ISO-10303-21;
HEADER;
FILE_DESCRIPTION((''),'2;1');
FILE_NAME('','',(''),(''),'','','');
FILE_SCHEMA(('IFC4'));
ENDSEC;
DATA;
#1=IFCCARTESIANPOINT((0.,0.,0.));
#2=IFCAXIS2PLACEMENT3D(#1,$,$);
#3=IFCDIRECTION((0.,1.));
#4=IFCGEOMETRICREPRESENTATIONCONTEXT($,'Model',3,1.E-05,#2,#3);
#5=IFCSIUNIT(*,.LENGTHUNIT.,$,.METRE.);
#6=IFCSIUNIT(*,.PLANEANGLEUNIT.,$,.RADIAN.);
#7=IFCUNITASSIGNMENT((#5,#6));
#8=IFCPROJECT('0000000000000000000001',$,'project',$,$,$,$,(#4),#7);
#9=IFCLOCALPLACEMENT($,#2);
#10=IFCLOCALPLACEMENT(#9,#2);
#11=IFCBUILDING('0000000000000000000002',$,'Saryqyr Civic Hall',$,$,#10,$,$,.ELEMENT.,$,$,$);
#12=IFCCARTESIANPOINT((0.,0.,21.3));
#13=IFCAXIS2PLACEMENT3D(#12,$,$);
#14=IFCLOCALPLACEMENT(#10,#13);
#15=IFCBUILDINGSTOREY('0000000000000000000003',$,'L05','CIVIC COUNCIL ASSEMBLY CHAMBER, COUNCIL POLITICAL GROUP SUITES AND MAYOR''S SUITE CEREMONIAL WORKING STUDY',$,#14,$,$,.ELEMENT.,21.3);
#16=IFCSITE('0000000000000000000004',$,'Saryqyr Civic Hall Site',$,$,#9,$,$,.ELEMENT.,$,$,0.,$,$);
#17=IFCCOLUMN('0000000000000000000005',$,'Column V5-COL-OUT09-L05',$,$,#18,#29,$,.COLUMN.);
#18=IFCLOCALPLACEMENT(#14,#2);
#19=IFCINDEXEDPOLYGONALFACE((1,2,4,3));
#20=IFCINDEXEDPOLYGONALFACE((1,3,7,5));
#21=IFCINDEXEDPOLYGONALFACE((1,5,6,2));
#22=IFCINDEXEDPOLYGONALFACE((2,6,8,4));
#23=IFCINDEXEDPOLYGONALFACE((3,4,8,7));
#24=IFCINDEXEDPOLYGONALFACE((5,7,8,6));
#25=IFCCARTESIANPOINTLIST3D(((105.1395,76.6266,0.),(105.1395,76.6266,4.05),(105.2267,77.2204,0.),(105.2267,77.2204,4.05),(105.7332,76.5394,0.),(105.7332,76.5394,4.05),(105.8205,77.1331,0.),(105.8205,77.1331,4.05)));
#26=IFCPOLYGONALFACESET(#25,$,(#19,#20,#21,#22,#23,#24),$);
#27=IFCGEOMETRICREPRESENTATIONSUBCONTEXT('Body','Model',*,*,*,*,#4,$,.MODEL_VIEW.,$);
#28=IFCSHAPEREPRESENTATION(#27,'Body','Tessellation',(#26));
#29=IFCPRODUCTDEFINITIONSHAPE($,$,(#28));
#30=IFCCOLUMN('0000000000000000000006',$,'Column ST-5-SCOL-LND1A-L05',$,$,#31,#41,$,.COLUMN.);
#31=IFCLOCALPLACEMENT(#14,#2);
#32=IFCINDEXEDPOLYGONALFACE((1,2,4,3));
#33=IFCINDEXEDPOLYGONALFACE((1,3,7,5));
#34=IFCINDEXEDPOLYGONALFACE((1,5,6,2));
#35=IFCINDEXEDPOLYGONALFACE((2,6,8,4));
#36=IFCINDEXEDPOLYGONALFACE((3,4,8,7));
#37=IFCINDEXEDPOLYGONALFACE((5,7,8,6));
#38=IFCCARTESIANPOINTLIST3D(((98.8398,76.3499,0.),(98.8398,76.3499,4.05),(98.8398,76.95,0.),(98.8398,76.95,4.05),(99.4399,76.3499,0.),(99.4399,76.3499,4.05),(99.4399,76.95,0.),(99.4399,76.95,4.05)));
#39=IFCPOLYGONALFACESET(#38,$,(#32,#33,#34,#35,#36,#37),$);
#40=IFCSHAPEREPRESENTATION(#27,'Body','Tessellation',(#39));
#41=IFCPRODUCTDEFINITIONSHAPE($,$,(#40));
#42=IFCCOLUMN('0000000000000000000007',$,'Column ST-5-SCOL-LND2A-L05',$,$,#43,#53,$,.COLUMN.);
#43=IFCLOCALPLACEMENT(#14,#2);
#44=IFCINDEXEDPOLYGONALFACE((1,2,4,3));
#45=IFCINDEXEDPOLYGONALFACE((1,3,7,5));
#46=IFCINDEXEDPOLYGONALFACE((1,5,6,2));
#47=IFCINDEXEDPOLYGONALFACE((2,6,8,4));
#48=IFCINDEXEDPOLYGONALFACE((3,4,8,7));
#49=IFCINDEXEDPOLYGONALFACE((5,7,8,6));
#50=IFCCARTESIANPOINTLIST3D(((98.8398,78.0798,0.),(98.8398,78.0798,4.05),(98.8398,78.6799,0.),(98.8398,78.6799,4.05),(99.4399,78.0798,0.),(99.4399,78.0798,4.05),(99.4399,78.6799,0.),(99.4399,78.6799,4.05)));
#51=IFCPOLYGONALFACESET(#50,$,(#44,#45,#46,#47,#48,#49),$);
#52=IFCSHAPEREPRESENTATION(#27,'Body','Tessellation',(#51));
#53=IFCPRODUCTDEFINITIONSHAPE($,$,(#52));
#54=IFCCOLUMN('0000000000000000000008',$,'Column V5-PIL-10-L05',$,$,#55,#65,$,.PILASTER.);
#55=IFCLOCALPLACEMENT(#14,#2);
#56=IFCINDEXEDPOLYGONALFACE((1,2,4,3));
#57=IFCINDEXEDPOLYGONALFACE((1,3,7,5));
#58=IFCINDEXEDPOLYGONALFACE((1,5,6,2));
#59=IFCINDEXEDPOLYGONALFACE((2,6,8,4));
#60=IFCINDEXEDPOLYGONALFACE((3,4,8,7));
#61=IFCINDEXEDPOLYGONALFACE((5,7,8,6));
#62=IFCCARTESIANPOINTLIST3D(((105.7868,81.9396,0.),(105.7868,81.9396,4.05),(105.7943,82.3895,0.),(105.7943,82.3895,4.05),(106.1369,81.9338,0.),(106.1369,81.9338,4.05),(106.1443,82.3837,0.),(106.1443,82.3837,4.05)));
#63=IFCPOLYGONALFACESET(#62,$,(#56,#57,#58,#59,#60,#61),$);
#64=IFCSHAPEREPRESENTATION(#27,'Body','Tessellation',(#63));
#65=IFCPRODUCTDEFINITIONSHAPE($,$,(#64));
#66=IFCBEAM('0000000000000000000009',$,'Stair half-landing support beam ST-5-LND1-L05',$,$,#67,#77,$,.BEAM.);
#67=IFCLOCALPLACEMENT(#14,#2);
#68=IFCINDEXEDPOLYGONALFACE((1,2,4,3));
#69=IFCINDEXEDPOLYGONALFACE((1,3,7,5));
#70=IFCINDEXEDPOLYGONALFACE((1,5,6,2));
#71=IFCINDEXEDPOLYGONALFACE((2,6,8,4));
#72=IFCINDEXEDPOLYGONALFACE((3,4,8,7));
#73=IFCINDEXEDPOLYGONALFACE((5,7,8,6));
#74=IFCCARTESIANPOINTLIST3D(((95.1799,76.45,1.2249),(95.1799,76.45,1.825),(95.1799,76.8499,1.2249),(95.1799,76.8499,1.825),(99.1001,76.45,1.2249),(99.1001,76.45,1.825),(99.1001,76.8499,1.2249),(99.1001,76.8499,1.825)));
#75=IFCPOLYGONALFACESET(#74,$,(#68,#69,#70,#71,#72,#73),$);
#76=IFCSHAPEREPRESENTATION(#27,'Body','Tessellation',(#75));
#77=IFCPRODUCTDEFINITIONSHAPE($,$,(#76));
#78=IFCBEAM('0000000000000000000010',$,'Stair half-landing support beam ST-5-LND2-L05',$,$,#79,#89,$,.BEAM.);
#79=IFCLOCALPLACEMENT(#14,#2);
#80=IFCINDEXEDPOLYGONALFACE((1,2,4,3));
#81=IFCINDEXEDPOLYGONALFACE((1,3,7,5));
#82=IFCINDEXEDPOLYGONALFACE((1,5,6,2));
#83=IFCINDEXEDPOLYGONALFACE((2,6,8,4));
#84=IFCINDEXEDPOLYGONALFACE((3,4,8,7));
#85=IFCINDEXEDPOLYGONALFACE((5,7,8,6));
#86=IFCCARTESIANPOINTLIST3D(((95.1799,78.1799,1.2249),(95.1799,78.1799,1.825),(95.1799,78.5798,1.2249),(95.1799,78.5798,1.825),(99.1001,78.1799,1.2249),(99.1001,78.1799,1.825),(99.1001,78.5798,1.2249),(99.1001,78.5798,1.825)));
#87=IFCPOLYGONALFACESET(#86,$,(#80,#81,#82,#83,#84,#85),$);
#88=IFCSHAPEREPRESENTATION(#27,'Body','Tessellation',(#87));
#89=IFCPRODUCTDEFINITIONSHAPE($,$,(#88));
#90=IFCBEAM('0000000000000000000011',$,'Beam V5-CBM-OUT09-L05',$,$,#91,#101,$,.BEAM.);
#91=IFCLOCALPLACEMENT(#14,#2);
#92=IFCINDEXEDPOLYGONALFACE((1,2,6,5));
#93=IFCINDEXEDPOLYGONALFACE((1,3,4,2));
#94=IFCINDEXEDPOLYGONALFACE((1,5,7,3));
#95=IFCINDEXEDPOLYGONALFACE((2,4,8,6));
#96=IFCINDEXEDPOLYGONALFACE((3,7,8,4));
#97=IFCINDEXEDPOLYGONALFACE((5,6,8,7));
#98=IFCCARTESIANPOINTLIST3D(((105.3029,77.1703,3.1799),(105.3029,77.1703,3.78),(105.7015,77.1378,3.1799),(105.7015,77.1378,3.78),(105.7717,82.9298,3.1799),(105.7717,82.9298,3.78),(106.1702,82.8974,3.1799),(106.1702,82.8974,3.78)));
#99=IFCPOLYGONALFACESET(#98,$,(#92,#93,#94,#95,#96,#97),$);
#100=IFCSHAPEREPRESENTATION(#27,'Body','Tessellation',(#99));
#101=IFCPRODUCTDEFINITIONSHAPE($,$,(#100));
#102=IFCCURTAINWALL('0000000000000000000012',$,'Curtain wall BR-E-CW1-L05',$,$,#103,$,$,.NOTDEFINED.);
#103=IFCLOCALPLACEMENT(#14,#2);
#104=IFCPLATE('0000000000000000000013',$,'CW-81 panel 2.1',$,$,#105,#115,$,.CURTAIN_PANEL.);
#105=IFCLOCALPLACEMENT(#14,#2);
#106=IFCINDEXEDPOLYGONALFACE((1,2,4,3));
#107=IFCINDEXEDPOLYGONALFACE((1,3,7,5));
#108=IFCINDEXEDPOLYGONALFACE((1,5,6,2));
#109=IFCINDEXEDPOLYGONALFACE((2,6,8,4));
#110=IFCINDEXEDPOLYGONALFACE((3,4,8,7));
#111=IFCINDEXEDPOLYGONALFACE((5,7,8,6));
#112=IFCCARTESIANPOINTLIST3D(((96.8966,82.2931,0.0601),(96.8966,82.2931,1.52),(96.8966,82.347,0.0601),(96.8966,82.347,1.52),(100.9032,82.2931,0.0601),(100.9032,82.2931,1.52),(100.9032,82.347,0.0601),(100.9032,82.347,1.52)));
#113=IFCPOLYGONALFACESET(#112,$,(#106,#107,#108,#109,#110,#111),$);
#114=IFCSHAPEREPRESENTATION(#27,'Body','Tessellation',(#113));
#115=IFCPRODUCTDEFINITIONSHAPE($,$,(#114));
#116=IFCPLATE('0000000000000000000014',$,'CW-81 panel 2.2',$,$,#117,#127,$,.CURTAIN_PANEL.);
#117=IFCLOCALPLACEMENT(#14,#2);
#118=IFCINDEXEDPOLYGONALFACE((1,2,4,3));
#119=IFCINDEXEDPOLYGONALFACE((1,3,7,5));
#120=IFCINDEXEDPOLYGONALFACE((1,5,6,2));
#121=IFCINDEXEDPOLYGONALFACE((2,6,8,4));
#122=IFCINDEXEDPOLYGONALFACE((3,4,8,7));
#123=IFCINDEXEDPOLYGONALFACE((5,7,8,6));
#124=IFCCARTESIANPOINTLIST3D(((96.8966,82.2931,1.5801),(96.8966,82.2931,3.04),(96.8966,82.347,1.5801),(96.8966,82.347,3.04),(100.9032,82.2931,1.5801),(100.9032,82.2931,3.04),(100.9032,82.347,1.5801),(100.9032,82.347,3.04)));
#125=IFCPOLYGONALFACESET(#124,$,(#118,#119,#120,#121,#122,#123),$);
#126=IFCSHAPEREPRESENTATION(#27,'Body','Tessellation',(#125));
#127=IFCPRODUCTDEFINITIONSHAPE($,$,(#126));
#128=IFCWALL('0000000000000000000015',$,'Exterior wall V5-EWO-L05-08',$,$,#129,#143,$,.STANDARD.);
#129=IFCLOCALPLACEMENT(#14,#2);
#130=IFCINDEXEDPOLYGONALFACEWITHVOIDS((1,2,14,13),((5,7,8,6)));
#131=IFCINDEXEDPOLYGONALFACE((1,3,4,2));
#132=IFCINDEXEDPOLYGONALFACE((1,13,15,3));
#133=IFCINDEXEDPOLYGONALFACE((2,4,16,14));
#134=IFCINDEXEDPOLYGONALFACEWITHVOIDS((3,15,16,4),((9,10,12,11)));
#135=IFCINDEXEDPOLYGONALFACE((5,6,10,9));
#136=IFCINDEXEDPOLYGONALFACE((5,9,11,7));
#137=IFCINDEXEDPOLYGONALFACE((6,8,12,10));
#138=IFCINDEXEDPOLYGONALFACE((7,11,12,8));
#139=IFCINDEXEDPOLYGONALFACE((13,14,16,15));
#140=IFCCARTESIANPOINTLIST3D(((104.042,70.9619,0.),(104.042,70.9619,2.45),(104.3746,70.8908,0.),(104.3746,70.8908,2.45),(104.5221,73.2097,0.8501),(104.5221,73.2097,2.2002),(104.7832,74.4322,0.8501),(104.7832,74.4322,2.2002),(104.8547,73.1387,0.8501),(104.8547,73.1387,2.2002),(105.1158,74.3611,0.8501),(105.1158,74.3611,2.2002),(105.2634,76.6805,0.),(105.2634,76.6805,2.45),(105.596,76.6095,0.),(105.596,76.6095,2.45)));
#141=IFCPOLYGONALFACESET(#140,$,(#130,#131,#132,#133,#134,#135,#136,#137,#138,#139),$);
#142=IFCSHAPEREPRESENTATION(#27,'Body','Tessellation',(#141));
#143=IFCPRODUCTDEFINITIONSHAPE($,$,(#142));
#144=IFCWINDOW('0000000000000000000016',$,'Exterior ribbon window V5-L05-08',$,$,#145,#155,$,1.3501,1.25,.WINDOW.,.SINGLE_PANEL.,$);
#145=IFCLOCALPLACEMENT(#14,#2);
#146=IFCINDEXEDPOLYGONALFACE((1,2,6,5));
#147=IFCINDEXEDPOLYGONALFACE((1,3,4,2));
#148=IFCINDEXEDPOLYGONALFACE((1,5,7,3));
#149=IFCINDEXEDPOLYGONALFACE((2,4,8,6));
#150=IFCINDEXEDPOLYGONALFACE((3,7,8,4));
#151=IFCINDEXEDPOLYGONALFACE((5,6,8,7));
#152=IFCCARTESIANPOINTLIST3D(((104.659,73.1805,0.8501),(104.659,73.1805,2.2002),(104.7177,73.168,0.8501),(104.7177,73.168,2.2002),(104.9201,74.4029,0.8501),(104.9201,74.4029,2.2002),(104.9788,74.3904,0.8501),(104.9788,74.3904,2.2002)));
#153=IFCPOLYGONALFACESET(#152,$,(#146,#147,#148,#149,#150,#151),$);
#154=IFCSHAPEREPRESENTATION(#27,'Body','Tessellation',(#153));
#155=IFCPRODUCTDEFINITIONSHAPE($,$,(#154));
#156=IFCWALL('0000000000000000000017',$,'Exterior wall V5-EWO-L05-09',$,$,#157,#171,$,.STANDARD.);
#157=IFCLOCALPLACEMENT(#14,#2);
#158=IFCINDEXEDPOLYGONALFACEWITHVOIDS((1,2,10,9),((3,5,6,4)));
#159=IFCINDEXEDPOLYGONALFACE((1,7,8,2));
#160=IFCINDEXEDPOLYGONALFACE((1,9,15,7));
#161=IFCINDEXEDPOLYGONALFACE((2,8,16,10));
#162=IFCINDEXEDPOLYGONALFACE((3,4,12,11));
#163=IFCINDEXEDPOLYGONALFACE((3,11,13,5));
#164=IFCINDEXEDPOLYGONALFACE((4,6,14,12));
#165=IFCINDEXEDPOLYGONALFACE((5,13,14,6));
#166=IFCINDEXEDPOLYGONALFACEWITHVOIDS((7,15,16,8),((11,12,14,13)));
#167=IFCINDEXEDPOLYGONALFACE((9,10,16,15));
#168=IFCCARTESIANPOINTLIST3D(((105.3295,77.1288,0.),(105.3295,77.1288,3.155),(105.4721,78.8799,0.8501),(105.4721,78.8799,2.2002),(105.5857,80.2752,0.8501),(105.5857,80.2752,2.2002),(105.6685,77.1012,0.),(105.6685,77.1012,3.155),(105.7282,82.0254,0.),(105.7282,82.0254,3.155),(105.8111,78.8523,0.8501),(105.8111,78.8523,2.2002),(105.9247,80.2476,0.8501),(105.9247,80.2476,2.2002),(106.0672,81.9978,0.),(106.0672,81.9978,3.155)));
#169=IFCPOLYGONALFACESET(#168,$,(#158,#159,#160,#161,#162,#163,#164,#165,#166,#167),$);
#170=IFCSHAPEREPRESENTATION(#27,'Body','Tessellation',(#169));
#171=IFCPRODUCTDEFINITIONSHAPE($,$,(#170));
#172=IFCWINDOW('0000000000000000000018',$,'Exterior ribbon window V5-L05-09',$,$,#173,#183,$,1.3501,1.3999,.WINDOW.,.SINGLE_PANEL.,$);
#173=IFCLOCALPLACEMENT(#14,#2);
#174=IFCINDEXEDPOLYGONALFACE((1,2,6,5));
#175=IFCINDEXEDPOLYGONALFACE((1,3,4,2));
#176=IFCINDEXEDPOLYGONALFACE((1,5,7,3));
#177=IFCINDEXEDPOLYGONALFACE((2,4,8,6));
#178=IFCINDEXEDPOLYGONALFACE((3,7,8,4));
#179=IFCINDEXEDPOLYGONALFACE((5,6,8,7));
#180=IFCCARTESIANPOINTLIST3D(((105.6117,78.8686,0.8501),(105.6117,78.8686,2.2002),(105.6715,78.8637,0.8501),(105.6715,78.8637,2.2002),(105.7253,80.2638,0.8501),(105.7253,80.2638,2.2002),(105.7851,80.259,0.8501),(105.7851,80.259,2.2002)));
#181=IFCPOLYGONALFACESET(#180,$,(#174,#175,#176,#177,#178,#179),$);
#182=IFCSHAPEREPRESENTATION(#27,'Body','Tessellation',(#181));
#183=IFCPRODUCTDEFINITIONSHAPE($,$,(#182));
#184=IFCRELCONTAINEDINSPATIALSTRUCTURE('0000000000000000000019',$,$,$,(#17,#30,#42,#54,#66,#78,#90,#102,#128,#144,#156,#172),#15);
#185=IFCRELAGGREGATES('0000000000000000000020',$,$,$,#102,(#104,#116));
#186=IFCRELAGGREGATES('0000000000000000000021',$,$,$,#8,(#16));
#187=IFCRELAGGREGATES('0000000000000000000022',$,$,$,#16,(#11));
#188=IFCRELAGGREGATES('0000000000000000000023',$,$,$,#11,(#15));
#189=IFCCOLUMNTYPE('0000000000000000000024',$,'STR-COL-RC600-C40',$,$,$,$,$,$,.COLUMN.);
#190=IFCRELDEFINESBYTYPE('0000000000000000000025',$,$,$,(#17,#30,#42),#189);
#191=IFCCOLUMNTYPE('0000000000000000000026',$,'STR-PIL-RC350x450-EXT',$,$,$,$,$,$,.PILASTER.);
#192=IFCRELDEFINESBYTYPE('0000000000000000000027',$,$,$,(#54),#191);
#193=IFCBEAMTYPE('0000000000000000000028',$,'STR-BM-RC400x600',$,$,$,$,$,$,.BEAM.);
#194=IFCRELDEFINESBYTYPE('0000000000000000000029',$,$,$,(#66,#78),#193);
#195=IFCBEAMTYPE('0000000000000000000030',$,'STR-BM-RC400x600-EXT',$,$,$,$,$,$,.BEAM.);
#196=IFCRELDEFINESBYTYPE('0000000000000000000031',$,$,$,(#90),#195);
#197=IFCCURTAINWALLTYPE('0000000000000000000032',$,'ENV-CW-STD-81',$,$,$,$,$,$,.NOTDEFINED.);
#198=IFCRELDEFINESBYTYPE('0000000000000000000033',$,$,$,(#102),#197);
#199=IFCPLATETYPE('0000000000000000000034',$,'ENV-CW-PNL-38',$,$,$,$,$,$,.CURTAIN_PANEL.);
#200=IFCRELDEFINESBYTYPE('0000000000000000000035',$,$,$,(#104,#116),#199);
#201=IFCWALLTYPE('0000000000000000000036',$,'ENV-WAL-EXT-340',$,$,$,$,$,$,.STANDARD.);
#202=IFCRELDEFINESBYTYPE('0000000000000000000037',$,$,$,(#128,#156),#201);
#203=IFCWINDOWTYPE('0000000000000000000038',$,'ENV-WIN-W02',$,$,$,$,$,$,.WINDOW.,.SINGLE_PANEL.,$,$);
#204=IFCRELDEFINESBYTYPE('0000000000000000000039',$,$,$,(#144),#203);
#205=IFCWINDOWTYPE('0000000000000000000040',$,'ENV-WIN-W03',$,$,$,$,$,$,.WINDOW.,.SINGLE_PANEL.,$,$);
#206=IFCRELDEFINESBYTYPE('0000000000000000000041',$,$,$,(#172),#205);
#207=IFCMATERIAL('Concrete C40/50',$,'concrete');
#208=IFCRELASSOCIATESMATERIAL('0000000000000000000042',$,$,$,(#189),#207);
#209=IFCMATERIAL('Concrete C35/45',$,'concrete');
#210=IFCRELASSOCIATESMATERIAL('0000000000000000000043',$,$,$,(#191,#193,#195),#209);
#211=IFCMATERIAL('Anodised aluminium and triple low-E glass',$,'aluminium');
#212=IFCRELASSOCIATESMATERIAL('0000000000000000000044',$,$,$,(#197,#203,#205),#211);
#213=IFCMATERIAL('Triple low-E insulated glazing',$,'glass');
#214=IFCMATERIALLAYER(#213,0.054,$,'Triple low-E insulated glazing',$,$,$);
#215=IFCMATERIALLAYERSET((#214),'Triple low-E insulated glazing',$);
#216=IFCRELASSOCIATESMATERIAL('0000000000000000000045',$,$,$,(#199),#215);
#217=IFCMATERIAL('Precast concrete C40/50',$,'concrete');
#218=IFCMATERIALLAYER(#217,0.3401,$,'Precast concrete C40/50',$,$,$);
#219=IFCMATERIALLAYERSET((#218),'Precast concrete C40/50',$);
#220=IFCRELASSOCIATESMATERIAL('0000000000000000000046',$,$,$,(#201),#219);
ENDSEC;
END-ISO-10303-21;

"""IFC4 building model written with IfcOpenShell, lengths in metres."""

from ifc_helpers import new_model, si_unit, direction, frame, frame_2d, origin, origin_2d, place, context, subcontext, project, spatial, rectangle, extrude, material, layer, layer_set, material_profile, profile_set, type_object, element, fill, aggregate, save


model = new_model("IFC4")

# Units and contexts
model_context = context("Model", 3, precision=1e-05, world=origin(), true_north=direction((0.0, 1.0)))
body_context = subcontext(model_context, "Body", "Model", "MODEL_VIEW")
ifc_project = project(units=[si_unit("LENGTHUNIT", "METRE"), si_unit("PLANEANGLEUNIT", "RADIAN")], contexts=[model_context])

# Site, building, storey
site_placement = place(None, origin())
site = spatial("IfcSite", under=ifc_project, at=site_placement, Name="Saryqyr Civic Hall Site", CompositionType="ELEMENT", RefElevation=0.0)
building_placement = place(site_placement, origin())
building = spatial("IfcBuilding", under=site, at=building_placement, Name="Saryqyr Civic Hall", CompositionType="ELEMENT")
storey_placement = place(building_placement, frame((0.0, 0.0, 21.3)))
storey = spatial("IfcBuildingStorey", under=building, at=storey_placement, Name="L05", Description="CIVIC COUNCIL ASSEMBLY CHAMBER, COUNCIL POLITICAL GROUP SUITES AND MAYOR'S SUITE CEREMONIAL WORKING STUDY", CompositionType="ELEMENT", Elevation=21.3)

# Columns
ifc_material_1 = material(Name="Concrete C40/50", Category="concrete")
ifc_material_profile_1 = material_profile(ifc_material_1, rectangle(XDim=0.6001, YDim=0.6001, at=origin_2d()), Name="RC 600x600")
ifc_profile_set_1 = profile_set([ifc_material_profile_1], Name="Concrete C40/50")
column_type_1 = type_object("IfcColumnType", Name="STR-COL-RC600-C40", PredefinedType="COLUMN", material=ifc_profile_set_1)
for number, where, z_axis, x_axis, name in (
    (1, (105.48, 76.8799, 0.0), (0.0, 0.0, 1.0), (0.989374, -0.145392, 0.0), "Column V5-COL-OUT09-L05"),
    (2, (99.1399, 76.6499, 0.0), (0.0, 0.0, 1.0), (1.0, 0.0, 0.0), "Column ST-5-SCOL-LND1A-L05"),
    (3, (99.1399, 78.3799, 0.0), (0.0, 0.0, 1.0), (1.0, 0.0, 0.0), "Column ST-5-SCOL-LND2A-L05"),
):
    element("IfcColumn", number, at=place(storey_placement, frame(where, z_axis=z_axis, x_axis=x_axis)), inside=storey, type_object=column_type_1, Name=name, PredefinedType="COLUMN", context=body_context, shape_type="SweptSolid", body=[
        extrude(rectangle(XDim=0.6001, YDim=0.6001, at=origin_2d()), origin(), (0.0, 0.0, 1.0), 4.05),
    ])
ifc_material_2 = material(Name="Concrete C35/45", Category="concrete")
ifc_material_profile_2 = material_profile(ifc_material_2, rectangle(XDim=0.3501, YDim=0.45, at=origin_2d()), Name="RC 350x450")
ifc_profile_set_2 = profile_set([ifc_material_profile_2], Name="Concrete C35/45")
column_type_2 = type_object("IfcColumnType", Name="STR-PIL-RC350x450-EXT", PredefinedType="PILASTER", material=ifc_profile_set_2)
column_placement = place(storey_placement, frame((105.9656, 82.1616, 0.0), z_axis=(0.0, 0.0, 1.0), x_axis=(0.999863, -0.01658, 0.0)))
element("IfcColumn", 4, at=column_placement, inside=storey, type_object=column_type_2, Name="Column V5-PIL-10-L05", PredefinedType="PILASTER", context=body_context, shape_type="SweptSolid", body=[
    extrude(rectangle(XDim=0.3501, YDim=0.45, at=origin_2d()), origin(), (0.0, 0.0, 1.0), 4.05),
])

# Beams
ifc_material_profile_3 = material_profile(ifc_material_2, rectangle(XDim=0.3999, YDim=0.6001, at=origin_2d()), Name="RC 400x600")
ifc_profile_set_3 = profile_set([ifc_material_profile_3], Name="Concrete C35/45")
beam_type_1 = type_object("IfcBeamType", Name="STR-BM-RC400x600", PredefinedType="BEAM", material=ifc_profile_set_3)
for number, where, z_axis, x_axis, name in (
    (5, (99.1001, 76.6499, 1.5249), (-1.0, 0.0, 0.0), (0.0, -1.0, 0.0), "Stair half-landing support beam ST-5-LND1-L05"),
    (6, (99.1001, 78.3799, 1.5249), (-1.0, 0.0, 0.0), (0.0, -1.0, 0.0), "Stair half-landing support beam ST-5-LND2-L05"),
):
    element("IfcBeam", number, at=place(storey_placement, frame(where, z_axis=z_axis, x_axis=x_axis)), inside=storey, type_object=beam_type_1, Name=name, PredefinedType="BEAM", context=body_context, shape_type="SweptSolid", body=[
        extrude(rectangle(XDim=0.3999, YDim=0.6001, at=origin_2d()), origin(), (0.0, 0.0, 1.0), 3.9202),
    ])
ifc_material_profile_4 = material_profile(ifc_material_2, rectangle(XDim=0.3999, YDim=0.6001, at=origin_2d()), Name="RC 400x600")
ifc_profile_set_4 = profile_set([ifc_material_profile_4], Name="Concrete C35/45")
beam_type_2 = type_object("IfcBeamType", Name="STR-BM-RC400x600-EXT", PredefinedType="BEAM", material=ifc_profile_set_4)
beam_placement = place(storey_placement, frame((105.5022, 77.1541, 3.48), z_axis=(0.081119, 0.996704, 0.0), x_axis=(-0.996704, 0.081119, 0.0)))
element("IfcBeam", 7, at=beam_placement, inside=storey, type_object=beam_type_2, Name="Beam V5-CBM-OUT09-L05", PredefinedType="BEAM", context=body_context, shape_type="SweptSolid", body=[
    extrude(rectangle(XDim=0.3999, YDim=0.6001, at=origin_2d()), origin(), (0.0, 0.0, 1.0), 5.7786),
])

# Curtain wall, plates
ifc_material_3 = material(Name="Anodised aluminium and triple low-E glass", Category="aluminium")
curtain_wall_type = type_object("IfcCurtainWallType", Name="ENV-CW-STD-81", PredefinedType="NOTDEFINED", material=ifc_material_3)
curtain_wall_placement = place(storey_placement, origin())
curtain_wall = element("IfcCurtainWall", 8, at=curtain_wall_placement, inside=storey, type_object=curtain_wall_type, Name="Curtain wall BR-E-CW1-L05", PredefinedType="NOTDEFINED")
ifc_material_4 = material(Name="Triple low-E insulated glazing", Category="glass")
ifc_layer_1 = layer(ifc_material_4, 0.054, Name="Triple low-E insulated glazing")
ifc_layer_set_1 = layer_set([ifc_layer_1], Name="Triple low-E insulated glazing")
plate_type = type_object("IfcPlateType", Name="ENV-CW-PNL-38", PredefinedType="CURTAIN_PANEL", material=ifc_layer_set_1)
plate_1_placement = place(storey_placement, frame((98.8999, 82.3201, 0.0601), z_axis=(0.0, 0.0, 1.0), x_axis=(-1.0, 0.0, 0.0)))
plate_1 = element("IfcPlate", 9, at=plate_1_placement, type_object=plate_type, Name="CW-81 panel 2.1", PredefinedType="CURTAIN_PANEL", context=body_context, shape_type="SweptSolid", body=[
    extrude(rectangle(XDim=4.0066, YDim=0.054, at=origin_2d()), origin(), (0.0, 0.0, 1.0), 1.46),
])
plate_2_placement = place(storey_placement, frame((98.8999, 82.3201, 1.5801), z_axis=(0.0, 0.0, 1.0), x_axis=(-1.0, 0.0, 0.0)))
plate_2 = element("IfcPlate", 10, at=plate_2_placement, type_object=plate_type, Name="CW-81 panel 2.2", PredefinedType="CURTAIN_PANEL", context=body_context, shape_type="SweptSolid", body=[
    extrude(rectangle(XDim=4.0066, YDim=0.054, at=origin_2d()), origin(), (0.0, 0.0, 1.0), 1.46),
])
aggregate(curtain_wall, [plate_1, plate_2])

# Walls, openings, windows
ifc_material_5 = material(Name="Precast concrete C40/50", Category="concrete")
ifc_layer_2 = layer(ifc_material_5, 0.3401, Name="Precast concrete C40/50")
ifc_layer_set_2 = layer_set([ifc_layer_2], Name="Precast concrete C40/50")
wall_type_1 = type_object("IfcWallType", Name="ENV-WAL-EXT-340", PredefinedType="STANDARD", material=ifc_layer_set_2)
wall_1_placement = place(storey_placement, frame((105.4297, 76.645, 0.0), z_axis=(0.0, 0.0, 1.0), x_axis=(-0.208873, -0.977943, 0.0)))
wall_1 = element("IfcWall", 11, at=wall_1_placement, inside=storey, type_object=wall_type_1, Name="Exterior wall V5-EWO-L05-08", PredefinedType="STANDARD", context=body_context, shape_type="SweptSolid", body=[
    extrude(rectangle(XDim=5.8477, YDim=0.3401, at=frame_2d((2.9238, 0.0))), origin(), (0.0, 0.0, 1.0), 2.45),
])
opening_1_placement = place(wall_1_placement, frame((2.2991, 0.0, 0.8501)))
opening_1 = element("IfcOpeningElement", 12, at=opening_1_placement, cuts=wall_1, PredefinedType="OPENING", context=body_context, shape_type="SweptSolid", body=[
    extrude(rectangle(XDim=1.25, YDim=1.3501, at=frame_2d((0.625, 0.675))), frame((0.0, 0.1799, 0.0), z_axis=(0.0, -1.0, 0.0), x_axis=(1.0, 0.0, 0.0)), (0.0, 0.0, 1.0), 0.3601),
])
window_type_1 = type_object("IfcWindowType", Name="ENV-WIN-W02", PartitioningType="SINGLE_PANEL", PredefinedType="WINDOW", material=ifc_material_3)
window_1_placement = place(opening_1_placement, origin())
window_1 = element("IfcWindow", 13, at=window_1_placement, inside=storey, type_object=window_type_1, Name="Exterior ribbon window V5-L05-08", OverallHeight=1.3501, OverallWidth=1.25, PartitioningType="SINGLE_PANEL", PredefinedType="WINDOW", context=body_context, shape_type="SweptSolid", body=[
    extrude(rectangle(XDim=1.25, YDim=1.3501, at=frame_2d((0.625, 0.675))), frame((0.0, 0.03, 0.0), z_axis=(0.0, -1.0, 0.0), x_axis=(1.0, 0.0, 0.0)), (0.0, 0.0, 1.0), 0.0601),
])
fill(opening_1, window_1)
wall_2_placement = place(storey_placement, frame((105.8977, 82.0117, 0.0), z_axis=(0.0, 0.0, 1.0), x_axis=(-0.081149, -0.996702, 0.0)))
wall_2 = element("IfcWall", 14, at=wall_2_placement, inside=storey, type_object=wall_type_1, Name="Exterior wall V5-EWO-L05-09", PredefinedType="STANDARD", context=body_context, shape_type="SweptSolid", body=[
    extrude(rectangle(XDim=4.9128, YDim=0.3401, at=frame_2d((2.4565, 0.0))), origin(), (0.0, 0.0, 1.0), 3.155),
])
opening_2_placement = place(wall_2_placement, frame((1.7561, 0.0, 0.8501)))
opening_2 = element("IfcOpeningElement", 15, at=opening_2_placement, cuts=wall_2, PredefinedType="OPENING", context=body_context, shape_type="SweptSolid", body=[
    extrude(rectangle(XDim=1.3999, YDim=1.3501, at=frame_2d((0.7, 0.675))), frame((0.0, 0.1799, 0.0), z_axis=(0.0, -1.0, 0.0), x_axis=(1.0, 0.0, 0.0)), (0.0, 0.0, 1.0), 0.3601),
])
window_type_2 = type_object("IfcWindowType", Name="ENV-WIN-W03", PartitioningType="SINGLE_PANEL", PredefinedType="WINDOW", material=ifc_material_3)
window_2_placement = place(opening_2_placement, origin())
window_2 = element("IfcWindow", 16, at=window_2_placement, inside=storey, type_object=window_type_2, Name="Exterior ribbon window V5-L05-09", OverallHeight=1.3501, OverallWidth=1.3999, PartitioningType="SINGLE_PANEL", PredefinedType="WINDOW", context=body_context, shape_type="SweptSolid", body=[
    extrude(rectangle(XDim=1.3999, YDim=1.3501, at=frame_2d((0.7, 0.675))), frame((0.0, 0.03, 0.0), z_axis=(0.0, -1.0, 0.0), x_axis=(1.0, 0.0, 0.0)), (0.0, 0.0, 1.0), 0.0601),
])
fill(opening_2, window_2)

save(model, "model.ifc")
